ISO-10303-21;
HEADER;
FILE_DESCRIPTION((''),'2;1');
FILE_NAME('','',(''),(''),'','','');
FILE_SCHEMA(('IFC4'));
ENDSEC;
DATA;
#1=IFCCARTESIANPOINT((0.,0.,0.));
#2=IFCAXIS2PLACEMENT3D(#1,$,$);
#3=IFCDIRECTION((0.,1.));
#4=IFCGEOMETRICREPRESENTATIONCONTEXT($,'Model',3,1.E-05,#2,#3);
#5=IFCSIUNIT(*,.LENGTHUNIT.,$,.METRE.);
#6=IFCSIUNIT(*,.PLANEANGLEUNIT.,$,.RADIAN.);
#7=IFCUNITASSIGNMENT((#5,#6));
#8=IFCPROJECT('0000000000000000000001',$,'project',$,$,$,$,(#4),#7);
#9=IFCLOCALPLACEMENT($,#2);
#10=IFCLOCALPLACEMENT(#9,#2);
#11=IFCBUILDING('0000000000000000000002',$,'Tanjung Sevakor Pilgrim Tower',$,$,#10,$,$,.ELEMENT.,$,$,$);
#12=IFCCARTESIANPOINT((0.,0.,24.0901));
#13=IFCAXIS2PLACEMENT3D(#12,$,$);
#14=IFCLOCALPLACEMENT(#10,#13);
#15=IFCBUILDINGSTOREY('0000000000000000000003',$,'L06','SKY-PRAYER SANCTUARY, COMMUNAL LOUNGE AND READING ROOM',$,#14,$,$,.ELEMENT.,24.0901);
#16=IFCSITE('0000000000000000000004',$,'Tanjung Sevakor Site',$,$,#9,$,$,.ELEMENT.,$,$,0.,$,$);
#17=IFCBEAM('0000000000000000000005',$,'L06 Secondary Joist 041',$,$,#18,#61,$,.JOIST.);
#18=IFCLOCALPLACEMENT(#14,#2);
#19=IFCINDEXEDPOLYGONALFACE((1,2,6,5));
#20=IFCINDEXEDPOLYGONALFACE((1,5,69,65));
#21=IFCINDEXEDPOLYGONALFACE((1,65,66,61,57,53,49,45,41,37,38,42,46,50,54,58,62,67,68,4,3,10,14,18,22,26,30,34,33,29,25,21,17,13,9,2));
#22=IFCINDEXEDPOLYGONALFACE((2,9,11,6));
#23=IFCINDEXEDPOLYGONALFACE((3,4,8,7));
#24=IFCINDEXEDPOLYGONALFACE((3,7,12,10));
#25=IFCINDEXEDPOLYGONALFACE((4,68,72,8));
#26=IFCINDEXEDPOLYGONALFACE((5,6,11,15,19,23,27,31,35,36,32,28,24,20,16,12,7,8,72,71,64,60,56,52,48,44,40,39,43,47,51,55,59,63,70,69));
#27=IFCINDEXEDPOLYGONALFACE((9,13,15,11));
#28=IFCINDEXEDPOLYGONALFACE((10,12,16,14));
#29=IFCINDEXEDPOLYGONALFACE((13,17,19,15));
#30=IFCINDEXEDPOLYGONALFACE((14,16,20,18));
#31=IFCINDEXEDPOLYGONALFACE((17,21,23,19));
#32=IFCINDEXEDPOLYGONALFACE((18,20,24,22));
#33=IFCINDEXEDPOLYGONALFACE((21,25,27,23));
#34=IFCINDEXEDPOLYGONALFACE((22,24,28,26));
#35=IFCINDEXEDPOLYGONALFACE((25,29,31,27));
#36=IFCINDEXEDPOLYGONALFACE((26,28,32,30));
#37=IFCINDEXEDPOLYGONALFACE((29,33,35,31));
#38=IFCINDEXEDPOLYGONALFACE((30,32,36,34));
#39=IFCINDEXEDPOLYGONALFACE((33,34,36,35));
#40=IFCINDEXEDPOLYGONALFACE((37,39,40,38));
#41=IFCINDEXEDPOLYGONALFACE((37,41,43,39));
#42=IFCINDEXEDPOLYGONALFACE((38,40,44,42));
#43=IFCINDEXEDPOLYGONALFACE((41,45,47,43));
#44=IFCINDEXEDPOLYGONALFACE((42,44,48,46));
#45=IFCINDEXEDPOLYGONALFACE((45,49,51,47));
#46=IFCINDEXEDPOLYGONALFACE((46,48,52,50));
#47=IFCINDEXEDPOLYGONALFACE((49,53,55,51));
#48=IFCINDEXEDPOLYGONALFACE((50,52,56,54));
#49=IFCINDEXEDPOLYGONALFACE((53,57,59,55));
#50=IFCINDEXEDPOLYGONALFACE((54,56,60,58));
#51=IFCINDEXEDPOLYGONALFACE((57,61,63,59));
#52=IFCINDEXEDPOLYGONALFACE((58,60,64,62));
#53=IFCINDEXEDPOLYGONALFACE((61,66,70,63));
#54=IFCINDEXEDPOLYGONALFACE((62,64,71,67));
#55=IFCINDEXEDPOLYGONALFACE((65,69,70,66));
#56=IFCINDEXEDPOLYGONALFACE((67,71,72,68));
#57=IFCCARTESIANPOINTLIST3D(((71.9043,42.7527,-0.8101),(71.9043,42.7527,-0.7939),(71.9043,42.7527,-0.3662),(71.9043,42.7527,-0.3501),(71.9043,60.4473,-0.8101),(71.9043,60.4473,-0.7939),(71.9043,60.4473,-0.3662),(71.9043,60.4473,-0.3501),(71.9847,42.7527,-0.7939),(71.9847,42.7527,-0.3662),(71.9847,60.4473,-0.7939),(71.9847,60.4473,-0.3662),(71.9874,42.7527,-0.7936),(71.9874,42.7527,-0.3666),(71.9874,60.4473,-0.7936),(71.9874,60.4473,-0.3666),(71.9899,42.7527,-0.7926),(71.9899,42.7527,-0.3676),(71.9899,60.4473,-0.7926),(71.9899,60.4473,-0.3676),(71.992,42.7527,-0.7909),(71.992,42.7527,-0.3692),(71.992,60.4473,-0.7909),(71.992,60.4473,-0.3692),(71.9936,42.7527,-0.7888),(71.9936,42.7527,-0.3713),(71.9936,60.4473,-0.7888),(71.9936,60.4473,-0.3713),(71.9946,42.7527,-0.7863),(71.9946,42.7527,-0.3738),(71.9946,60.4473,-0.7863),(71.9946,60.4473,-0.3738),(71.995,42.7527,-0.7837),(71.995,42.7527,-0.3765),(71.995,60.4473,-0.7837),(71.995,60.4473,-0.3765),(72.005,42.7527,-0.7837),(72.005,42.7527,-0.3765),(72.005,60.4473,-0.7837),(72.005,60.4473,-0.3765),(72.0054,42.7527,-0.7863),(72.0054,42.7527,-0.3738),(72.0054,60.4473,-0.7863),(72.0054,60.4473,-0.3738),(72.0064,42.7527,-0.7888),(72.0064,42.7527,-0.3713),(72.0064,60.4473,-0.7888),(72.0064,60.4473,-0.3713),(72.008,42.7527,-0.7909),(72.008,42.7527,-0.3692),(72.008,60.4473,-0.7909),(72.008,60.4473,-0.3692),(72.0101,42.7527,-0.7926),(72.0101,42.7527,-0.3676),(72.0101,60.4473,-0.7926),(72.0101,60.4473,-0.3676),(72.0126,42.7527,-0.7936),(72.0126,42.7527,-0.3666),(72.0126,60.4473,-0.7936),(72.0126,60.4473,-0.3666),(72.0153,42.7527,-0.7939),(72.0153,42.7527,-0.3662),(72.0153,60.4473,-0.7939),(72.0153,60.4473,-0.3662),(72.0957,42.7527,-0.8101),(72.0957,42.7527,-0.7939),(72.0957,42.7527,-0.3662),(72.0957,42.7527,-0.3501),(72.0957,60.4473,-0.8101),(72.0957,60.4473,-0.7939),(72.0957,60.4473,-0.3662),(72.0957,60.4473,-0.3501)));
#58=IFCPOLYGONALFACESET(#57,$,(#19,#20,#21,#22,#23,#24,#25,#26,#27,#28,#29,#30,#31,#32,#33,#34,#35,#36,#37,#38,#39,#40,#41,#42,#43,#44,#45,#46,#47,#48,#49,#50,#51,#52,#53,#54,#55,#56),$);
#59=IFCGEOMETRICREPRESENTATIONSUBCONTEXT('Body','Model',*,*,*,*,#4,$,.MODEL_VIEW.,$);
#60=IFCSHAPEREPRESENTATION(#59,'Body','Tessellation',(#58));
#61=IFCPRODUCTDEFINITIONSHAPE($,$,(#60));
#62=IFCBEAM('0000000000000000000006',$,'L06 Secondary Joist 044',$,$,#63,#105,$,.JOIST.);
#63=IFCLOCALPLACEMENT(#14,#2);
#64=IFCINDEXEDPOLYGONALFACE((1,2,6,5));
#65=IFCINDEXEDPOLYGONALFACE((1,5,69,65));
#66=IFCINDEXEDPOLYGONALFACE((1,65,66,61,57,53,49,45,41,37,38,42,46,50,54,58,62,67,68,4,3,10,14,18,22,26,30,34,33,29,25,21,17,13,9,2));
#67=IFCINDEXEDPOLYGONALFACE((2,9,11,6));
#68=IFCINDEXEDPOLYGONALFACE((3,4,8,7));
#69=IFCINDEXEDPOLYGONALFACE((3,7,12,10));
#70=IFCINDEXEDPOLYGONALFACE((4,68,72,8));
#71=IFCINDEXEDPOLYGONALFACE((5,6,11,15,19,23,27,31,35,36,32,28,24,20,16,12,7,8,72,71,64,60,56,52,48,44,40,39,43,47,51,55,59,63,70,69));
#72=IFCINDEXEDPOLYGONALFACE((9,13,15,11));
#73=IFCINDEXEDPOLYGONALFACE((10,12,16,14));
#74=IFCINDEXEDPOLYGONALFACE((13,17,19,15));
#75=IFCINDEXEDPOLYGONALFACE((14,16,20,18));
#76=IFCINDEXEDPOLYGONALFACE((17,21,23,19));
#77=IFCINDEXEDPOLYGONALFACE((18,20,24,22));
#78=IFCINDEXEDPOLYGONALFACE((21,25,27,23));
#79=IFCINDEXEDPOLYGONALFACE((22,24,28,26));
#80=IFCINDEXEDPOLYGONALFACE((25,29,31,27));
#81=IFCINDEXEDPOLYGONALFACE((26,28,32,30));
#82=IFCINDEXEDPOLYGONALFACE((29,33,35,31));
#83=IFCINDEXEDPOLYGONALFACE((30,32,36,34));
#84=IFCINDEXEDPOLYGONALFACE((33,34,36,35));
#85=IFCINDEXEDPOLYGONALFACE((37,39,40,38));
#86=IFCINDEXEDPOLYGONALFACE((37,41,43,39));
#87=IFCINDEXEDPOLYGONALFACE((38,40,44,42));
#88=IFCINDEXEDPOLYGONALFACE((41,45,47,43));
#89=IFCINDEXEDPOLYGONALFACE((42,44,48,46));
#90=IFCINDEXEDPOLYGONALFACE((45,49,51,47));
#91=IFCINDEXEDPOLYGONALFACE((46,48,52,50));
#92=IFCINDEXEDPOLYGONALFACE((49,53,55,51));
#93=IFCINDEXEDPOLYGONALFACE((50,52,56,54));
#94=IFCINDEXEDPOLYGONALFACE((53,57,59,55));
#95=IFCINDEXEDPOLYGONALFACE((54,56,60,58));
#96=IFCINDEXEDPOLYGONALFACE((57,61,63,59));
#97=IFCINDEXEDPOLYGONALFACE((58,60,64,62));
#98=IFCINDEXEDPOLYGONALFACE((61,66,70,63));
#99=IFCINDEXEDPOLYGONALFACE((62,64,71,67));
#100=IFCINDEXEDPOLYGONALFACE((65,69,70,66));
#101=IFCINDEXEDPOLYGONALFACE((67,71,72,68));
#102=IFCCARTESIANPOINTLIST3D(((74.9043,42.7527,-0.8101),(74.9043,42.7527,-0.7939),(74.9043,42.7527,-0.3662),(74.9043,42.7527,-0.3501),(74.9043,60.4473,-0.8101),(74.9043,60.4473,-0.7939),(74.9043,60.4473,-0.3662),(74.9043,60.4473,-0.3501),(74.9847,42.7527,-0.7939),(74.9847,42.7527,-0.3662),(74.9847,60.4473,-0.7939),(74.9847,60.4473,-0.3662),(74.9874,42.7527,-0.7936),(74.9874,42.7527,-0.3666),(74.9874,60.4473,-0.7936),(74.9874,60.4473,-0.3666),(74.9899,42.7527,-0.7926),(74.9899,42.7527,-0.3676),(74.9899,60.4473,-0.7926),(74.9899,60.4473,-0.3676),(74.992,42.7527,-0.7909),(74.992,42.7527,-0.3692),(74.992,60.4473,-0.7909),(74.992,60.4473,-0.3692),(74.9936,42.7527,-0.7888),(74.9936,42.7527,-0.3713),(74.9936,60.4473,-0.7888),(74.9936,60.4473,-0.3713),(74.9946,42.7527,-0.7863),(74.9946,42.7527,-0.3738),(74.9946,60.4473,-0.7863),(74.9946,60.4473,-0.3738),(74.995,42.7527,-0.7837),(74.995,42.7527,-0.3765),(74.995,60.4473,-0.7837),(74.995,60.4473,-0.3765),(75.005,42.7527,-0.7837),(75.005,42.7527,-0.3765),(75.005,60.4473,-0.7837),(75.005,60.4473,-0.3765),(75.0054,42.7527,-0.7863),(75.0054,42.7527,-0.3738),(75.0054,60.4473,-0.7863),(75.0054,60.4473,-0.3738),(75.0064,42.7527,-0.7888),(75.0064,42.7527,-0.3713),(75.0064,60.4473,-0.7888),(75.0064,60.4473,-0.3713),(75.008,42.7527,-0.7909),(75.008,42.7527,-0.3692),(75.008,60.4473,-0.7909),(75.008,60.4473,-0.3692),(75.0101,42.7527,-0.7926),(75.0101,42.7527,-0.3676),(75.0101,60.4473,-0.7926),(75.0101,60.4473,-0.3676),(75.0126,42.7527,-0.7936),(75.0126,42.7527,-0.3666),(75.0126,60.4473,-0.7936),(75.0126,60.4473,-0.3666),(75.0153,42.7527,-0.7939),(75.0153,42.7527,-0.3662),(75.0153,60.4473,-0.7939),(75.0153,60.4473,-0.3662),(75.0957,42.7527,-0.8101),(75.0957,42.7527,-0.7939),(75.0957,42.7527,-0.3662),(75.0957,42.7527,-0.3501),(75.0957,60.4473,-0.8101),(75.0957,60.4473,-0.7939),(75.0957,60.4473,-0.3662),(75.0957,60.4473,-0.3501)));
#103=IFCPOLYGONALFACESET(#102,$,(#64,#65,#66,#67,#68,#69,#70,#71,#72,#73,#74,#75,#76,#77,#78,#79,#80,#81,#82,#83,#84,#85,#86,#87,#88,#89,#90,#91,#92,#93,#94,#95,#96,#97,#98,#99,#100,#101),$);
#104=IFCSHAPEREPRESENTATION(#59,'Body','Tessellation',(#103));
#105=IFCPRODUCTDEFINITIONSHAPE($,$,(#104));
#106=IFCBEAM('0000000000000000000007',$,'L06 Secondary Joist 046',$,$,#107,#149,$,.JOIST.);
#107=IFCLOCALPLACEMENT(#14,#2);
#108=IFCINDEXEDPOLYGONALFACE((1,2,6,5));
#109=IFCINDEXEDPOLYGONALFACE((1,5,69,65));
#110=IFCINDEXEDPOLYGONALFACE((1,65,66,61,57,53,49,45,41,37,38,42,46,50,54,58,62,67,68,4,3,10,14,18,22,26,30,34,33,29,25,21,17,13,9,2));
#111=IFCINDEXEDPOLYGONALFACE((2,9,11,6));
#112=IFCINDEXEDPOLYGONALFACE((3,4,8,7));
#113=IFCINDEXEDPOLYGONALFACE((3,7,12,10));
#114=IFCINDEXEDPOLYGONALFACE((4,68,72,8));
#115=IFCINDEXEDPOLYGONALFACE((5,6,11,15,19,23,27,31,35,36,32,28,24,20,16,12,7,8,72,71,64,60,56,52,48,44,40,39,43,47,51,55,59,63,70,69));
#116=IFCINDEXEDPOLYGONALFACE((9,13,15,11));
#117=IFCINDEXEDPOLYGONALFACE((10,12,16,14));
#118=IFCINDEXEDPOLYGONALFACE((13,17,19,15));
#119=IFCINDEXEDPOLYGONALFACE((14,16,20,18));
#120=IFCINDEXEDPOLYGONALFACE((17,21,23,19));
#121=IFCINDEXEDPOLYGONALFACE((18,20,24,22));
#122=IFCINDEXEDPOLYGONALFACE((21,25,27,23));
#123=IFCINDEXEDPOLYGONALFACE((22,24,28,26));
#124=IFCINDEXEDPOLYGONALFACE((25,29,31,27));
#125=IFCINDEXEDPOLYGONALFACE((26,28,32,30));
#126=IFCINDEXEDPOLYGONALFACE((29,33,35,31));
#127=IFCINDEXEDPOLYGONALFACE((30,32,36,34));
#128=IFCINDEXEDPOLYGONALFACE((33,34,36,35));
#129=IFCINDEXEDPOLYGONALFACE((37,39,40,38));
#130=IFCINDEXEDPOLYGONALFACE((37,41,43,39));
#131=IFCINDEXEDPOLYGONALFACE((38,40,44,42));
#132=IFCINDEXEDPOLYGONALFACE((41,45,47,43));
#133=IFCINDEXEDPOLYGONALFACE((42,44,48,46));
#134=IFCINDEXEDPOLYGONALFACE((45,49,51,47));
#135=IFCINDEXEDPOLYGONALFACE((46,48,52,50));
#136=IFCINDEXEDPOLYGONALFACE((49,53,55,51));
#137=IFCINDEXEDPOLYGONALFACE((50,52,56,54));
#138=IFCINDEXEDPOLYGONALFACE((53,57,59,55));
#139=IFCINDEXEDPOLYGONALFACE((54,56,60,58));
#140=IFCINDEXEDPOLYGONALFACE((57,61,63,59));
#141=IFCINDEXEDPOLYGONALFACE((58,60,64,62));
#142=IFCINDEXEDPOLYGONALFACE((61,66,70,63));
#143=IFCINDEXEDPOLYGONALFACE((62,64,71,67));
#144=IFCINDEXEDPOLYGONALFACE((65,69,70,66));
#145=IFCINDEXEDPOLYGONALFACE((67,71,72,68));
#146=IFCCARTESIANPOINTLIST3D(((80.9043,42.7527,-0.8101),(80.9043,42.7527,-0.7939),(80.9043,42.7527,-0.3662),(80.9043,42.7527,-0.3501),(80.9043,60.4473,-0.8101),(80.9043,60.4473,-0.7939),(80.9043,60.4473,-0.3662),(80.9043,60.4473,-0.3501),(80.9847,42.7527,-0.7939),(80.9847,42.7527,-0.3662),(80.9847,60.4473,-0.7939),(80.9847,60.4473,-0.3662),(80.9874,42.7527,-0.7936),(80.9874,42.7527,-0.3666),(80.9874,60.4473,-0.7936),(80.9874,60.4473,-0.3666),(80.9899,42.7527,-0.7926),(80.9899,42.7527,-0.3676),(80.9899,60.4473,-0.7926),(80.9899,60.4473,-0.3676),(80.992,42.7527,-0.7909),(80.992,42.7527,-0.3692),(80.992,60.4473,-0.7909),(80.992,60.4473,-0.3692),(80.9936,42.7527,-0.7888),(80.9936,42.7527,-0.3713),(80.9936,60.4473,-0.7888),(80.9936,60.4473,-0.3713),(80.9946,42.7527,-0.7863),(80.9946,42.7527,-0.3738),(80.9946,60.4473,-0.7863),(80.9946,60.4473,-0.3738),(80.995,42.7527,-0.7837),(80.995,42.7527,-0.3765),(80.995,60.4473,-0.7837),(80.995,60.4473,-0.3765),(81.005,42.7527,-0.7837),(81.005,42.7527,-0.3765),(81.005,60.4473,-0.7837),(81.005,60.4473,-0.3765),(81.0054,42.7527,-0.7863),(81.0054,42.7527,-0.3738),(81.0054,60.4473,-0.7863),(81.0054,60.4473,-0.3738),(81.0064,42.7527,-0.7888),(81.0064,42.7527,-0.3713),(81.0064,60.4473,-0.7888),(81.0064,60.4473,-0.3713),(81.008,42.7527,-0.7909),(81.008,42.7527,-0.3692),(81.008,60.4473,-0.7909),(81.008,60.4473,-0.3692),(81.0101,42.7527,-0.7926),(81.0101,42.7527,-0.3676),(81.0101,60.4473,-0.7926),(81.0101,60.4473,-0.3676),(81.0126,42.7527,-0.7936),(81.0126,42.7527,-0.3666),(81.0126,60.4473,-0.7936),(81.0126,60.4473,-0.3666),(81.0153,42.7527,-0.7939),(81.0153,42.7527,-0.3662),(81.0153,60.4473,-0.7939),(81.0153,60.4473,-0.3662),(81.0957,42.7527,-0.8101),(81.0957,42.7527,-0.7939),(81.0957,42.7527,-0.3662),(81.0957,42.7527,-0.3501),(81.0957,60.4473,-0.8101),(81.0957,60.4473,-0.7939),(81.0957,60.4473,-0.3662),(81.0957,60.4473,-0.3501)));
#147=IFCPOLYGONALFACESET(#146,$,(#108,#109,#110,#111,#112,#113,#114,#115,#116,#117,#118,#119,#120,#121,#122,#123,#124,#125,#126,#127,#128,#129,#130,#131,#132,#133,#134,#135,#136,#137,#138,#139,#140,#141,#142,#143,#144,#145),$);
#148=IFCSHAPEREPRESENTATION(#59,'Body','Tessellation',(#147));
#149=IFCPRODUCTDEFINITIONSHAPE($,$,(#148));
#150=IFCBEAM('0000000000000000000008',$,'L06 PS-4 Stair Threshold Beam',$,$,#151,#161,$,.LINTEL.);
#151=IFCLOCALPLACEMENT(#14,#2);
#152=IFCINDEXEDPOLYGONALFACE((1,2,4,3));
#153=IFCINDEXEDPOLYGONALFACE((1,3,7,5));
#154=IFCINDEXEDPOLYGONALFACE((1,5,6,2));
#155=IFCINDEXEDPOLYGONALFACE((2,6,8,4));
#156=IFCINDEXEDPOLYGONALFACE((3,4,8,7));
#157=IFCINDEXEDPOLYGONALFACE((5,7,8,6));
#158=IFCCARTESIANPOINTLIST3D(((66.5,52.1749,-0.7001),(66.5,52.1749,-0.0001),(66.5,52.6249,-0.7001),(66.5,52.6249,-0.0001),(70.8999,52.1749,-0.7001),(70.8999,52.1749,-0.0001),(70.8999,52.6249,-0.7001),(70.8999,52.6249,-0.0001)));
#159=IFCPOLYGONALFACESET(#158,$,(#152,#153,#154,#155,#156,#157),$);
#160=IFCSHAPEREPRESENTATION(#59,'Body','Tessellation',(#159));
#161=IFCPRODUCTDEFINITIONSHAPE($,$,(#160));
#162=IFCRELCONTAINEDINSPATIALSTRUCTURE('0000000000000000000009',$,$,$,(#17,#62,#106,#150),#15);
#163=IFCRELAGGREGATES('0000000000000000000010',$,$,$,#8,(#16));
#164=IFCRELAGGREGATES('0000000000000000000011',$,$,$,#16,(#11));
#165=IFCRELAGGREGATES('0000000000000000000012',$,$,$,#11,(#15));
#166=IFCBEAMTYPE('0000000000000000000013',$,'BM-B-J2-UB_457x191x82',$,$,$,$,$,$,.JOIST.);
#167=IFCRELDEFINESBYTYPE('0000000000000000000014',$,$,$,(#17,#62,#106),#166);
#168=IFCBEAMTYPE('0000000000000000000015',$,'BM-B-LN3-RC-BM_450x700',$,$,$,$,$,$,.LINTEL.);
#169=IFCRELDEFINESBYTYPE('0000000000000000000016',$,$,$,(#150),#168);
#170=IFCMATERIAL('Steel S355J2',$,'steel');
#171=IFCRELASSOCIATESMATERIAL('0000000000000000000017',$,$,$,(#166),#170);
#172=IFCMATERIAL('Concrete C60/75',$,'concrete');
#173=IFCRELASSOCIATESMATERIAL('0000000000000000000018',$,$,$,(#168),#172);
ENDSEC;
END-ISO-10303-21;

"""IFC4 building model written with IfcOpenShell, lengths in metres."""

from ifc_helpers import new_model, si_unit, direction, frame, origin, origin_2d, place, context, subcontext, project, spatial, rectangle, i_section, extrude, material, material_profile, profile_set, type_object, element, save


model = new_model("IFC4")

# Units and contexts
model_context = context("Model", 3, precision=1e-05, world=origin(), true_north=direction((0.0, 1.0)))
body_context = subcontext(model_context, "Body", "Model", "MODEL_VIEW")
ifc_project = project(units=[si_unit("LENGTHUNIT", "METRE"), si_unit("PLANEANGLEUNIT", "RADIAN")], contexts=[model_context])

# Site, building, storey
site_placement = place(None, origin())
site = spatial("IfcSite", under=ifc_project, at=site_placement, Name="Tanjung Sevakor Site", CompositionType="ELEMENT", RefElevation=0.0)
building_placement = place(site_placement, origin())
building = spatial("IfcBuilding", under=site, at=building_placement, Name="Tanjung Sevakor Pilgrim Tower", CompositionType="ELEMENT")
storey_placement = place(building_placement, frame((0.0, 0.0, 24.0901)))
storey = spatial("IfcBuildingStorey", under=building, at=storey_placement, Name="L06", Description="SKY-PRAYER SANCTUARY, COMMUNAL LOUNGE AND READING ROOM", CompositionType="ELEMENT", Elevation=24.0901)

# Beams
ifc_material_1 = material(Name="Steel S355J2", Category="steel")
ifc_material_profile_1 = material_profile(ifc_material_1, i_section(OverallWidth=0.1914, OverallDepth=0.46, WebThickness=0.01, FlangeThickness=0.0161, FilletRadius=0.0103, at=origin_2d()))
ifc_profile_set_1 = profile_set([ifc_material_profile_1], Name="Steel S355J2")
beam_type_1 = type_object("IfcBeamType", Name="BM-B-J2-UB_457x191x82", PredefinedType="JOIST", material=ifc_profile_set_1)
for number, where, z_axis, x_axis, name in (
    (1, (72.0, 42.7527, -0.5801), (0.0, 1.0, 0.0), (-1.0, 0.0, 0.0), "L06 Secondary Joist 041"),
    (2, (75.0, 42.7527, -0.5801), (0.0, 1.0, 0.0), (-1.0, 0.0, 0.0), "L06 Secondary Joist 044"),
    (3, (81.0, 42.7527, -0.5801), (0.0, 1.0, 0.0), (-1.0, 0.0, 0.0), "L06 Secondary Joist 046"),
):
    element("IfcBeam", number, at=place(storey_placement, frame(where, z_axis=z_axis, x_axis=x_axis)), inside=storey, type_object=beam_type_1, Name=name, PredefinedType="JOIST", context=body_context, shape_type="SweptSolid", body=[
        extrude(i_section(OverallWidth=0.1914, OverallDepth=0.46, WebThickness=0.01, FlangeThickness=0.0161, FilletRadius=0.0103, at=origin_2d()), origin(), (0.0, 0.0, 1.0), 17.6946),
    ])
ifc_material_2 = material(Name="Concrete C60/75", Category="concrete")
ifc_material_profile_2 = material_profile(ifc_material_2, rectangle(XDim=0.45, YDim=0.7, at=origin_2d()))
ifc_profile_set_2 = profile_set([ifc_material_profile_2], Name="Concrete C60/75")
beam_type_2 = type_object("IfcBeamType", Name="BM-B-LN3-RC-BM_450x700", PredefinedType="LINTEL", material=ifc_profile_set_2)
beam_1_placement = place(storey_placement, frame((66.5, 52.3999, -0.3501), z_axis=(1.0, 0.0, 0.0), x_axis=(0.0, 1.0, 0.0)))
element("IfcBeam", 4, at=beam_1_placement, inside=storey, type_object=beam_type_2, Name="L06 PS-4 Stair Threshold Beam", PredefinedType="LINTEL", context=body_context, shape_type="SweptSolid", body=[
    extrude(rectangle(XDim=0.45, YDim=0.7, at=origin_2d()), origin(), (0.0, 0.0, 1.0), 4.3999),
])

save(model, "model.ifc")
